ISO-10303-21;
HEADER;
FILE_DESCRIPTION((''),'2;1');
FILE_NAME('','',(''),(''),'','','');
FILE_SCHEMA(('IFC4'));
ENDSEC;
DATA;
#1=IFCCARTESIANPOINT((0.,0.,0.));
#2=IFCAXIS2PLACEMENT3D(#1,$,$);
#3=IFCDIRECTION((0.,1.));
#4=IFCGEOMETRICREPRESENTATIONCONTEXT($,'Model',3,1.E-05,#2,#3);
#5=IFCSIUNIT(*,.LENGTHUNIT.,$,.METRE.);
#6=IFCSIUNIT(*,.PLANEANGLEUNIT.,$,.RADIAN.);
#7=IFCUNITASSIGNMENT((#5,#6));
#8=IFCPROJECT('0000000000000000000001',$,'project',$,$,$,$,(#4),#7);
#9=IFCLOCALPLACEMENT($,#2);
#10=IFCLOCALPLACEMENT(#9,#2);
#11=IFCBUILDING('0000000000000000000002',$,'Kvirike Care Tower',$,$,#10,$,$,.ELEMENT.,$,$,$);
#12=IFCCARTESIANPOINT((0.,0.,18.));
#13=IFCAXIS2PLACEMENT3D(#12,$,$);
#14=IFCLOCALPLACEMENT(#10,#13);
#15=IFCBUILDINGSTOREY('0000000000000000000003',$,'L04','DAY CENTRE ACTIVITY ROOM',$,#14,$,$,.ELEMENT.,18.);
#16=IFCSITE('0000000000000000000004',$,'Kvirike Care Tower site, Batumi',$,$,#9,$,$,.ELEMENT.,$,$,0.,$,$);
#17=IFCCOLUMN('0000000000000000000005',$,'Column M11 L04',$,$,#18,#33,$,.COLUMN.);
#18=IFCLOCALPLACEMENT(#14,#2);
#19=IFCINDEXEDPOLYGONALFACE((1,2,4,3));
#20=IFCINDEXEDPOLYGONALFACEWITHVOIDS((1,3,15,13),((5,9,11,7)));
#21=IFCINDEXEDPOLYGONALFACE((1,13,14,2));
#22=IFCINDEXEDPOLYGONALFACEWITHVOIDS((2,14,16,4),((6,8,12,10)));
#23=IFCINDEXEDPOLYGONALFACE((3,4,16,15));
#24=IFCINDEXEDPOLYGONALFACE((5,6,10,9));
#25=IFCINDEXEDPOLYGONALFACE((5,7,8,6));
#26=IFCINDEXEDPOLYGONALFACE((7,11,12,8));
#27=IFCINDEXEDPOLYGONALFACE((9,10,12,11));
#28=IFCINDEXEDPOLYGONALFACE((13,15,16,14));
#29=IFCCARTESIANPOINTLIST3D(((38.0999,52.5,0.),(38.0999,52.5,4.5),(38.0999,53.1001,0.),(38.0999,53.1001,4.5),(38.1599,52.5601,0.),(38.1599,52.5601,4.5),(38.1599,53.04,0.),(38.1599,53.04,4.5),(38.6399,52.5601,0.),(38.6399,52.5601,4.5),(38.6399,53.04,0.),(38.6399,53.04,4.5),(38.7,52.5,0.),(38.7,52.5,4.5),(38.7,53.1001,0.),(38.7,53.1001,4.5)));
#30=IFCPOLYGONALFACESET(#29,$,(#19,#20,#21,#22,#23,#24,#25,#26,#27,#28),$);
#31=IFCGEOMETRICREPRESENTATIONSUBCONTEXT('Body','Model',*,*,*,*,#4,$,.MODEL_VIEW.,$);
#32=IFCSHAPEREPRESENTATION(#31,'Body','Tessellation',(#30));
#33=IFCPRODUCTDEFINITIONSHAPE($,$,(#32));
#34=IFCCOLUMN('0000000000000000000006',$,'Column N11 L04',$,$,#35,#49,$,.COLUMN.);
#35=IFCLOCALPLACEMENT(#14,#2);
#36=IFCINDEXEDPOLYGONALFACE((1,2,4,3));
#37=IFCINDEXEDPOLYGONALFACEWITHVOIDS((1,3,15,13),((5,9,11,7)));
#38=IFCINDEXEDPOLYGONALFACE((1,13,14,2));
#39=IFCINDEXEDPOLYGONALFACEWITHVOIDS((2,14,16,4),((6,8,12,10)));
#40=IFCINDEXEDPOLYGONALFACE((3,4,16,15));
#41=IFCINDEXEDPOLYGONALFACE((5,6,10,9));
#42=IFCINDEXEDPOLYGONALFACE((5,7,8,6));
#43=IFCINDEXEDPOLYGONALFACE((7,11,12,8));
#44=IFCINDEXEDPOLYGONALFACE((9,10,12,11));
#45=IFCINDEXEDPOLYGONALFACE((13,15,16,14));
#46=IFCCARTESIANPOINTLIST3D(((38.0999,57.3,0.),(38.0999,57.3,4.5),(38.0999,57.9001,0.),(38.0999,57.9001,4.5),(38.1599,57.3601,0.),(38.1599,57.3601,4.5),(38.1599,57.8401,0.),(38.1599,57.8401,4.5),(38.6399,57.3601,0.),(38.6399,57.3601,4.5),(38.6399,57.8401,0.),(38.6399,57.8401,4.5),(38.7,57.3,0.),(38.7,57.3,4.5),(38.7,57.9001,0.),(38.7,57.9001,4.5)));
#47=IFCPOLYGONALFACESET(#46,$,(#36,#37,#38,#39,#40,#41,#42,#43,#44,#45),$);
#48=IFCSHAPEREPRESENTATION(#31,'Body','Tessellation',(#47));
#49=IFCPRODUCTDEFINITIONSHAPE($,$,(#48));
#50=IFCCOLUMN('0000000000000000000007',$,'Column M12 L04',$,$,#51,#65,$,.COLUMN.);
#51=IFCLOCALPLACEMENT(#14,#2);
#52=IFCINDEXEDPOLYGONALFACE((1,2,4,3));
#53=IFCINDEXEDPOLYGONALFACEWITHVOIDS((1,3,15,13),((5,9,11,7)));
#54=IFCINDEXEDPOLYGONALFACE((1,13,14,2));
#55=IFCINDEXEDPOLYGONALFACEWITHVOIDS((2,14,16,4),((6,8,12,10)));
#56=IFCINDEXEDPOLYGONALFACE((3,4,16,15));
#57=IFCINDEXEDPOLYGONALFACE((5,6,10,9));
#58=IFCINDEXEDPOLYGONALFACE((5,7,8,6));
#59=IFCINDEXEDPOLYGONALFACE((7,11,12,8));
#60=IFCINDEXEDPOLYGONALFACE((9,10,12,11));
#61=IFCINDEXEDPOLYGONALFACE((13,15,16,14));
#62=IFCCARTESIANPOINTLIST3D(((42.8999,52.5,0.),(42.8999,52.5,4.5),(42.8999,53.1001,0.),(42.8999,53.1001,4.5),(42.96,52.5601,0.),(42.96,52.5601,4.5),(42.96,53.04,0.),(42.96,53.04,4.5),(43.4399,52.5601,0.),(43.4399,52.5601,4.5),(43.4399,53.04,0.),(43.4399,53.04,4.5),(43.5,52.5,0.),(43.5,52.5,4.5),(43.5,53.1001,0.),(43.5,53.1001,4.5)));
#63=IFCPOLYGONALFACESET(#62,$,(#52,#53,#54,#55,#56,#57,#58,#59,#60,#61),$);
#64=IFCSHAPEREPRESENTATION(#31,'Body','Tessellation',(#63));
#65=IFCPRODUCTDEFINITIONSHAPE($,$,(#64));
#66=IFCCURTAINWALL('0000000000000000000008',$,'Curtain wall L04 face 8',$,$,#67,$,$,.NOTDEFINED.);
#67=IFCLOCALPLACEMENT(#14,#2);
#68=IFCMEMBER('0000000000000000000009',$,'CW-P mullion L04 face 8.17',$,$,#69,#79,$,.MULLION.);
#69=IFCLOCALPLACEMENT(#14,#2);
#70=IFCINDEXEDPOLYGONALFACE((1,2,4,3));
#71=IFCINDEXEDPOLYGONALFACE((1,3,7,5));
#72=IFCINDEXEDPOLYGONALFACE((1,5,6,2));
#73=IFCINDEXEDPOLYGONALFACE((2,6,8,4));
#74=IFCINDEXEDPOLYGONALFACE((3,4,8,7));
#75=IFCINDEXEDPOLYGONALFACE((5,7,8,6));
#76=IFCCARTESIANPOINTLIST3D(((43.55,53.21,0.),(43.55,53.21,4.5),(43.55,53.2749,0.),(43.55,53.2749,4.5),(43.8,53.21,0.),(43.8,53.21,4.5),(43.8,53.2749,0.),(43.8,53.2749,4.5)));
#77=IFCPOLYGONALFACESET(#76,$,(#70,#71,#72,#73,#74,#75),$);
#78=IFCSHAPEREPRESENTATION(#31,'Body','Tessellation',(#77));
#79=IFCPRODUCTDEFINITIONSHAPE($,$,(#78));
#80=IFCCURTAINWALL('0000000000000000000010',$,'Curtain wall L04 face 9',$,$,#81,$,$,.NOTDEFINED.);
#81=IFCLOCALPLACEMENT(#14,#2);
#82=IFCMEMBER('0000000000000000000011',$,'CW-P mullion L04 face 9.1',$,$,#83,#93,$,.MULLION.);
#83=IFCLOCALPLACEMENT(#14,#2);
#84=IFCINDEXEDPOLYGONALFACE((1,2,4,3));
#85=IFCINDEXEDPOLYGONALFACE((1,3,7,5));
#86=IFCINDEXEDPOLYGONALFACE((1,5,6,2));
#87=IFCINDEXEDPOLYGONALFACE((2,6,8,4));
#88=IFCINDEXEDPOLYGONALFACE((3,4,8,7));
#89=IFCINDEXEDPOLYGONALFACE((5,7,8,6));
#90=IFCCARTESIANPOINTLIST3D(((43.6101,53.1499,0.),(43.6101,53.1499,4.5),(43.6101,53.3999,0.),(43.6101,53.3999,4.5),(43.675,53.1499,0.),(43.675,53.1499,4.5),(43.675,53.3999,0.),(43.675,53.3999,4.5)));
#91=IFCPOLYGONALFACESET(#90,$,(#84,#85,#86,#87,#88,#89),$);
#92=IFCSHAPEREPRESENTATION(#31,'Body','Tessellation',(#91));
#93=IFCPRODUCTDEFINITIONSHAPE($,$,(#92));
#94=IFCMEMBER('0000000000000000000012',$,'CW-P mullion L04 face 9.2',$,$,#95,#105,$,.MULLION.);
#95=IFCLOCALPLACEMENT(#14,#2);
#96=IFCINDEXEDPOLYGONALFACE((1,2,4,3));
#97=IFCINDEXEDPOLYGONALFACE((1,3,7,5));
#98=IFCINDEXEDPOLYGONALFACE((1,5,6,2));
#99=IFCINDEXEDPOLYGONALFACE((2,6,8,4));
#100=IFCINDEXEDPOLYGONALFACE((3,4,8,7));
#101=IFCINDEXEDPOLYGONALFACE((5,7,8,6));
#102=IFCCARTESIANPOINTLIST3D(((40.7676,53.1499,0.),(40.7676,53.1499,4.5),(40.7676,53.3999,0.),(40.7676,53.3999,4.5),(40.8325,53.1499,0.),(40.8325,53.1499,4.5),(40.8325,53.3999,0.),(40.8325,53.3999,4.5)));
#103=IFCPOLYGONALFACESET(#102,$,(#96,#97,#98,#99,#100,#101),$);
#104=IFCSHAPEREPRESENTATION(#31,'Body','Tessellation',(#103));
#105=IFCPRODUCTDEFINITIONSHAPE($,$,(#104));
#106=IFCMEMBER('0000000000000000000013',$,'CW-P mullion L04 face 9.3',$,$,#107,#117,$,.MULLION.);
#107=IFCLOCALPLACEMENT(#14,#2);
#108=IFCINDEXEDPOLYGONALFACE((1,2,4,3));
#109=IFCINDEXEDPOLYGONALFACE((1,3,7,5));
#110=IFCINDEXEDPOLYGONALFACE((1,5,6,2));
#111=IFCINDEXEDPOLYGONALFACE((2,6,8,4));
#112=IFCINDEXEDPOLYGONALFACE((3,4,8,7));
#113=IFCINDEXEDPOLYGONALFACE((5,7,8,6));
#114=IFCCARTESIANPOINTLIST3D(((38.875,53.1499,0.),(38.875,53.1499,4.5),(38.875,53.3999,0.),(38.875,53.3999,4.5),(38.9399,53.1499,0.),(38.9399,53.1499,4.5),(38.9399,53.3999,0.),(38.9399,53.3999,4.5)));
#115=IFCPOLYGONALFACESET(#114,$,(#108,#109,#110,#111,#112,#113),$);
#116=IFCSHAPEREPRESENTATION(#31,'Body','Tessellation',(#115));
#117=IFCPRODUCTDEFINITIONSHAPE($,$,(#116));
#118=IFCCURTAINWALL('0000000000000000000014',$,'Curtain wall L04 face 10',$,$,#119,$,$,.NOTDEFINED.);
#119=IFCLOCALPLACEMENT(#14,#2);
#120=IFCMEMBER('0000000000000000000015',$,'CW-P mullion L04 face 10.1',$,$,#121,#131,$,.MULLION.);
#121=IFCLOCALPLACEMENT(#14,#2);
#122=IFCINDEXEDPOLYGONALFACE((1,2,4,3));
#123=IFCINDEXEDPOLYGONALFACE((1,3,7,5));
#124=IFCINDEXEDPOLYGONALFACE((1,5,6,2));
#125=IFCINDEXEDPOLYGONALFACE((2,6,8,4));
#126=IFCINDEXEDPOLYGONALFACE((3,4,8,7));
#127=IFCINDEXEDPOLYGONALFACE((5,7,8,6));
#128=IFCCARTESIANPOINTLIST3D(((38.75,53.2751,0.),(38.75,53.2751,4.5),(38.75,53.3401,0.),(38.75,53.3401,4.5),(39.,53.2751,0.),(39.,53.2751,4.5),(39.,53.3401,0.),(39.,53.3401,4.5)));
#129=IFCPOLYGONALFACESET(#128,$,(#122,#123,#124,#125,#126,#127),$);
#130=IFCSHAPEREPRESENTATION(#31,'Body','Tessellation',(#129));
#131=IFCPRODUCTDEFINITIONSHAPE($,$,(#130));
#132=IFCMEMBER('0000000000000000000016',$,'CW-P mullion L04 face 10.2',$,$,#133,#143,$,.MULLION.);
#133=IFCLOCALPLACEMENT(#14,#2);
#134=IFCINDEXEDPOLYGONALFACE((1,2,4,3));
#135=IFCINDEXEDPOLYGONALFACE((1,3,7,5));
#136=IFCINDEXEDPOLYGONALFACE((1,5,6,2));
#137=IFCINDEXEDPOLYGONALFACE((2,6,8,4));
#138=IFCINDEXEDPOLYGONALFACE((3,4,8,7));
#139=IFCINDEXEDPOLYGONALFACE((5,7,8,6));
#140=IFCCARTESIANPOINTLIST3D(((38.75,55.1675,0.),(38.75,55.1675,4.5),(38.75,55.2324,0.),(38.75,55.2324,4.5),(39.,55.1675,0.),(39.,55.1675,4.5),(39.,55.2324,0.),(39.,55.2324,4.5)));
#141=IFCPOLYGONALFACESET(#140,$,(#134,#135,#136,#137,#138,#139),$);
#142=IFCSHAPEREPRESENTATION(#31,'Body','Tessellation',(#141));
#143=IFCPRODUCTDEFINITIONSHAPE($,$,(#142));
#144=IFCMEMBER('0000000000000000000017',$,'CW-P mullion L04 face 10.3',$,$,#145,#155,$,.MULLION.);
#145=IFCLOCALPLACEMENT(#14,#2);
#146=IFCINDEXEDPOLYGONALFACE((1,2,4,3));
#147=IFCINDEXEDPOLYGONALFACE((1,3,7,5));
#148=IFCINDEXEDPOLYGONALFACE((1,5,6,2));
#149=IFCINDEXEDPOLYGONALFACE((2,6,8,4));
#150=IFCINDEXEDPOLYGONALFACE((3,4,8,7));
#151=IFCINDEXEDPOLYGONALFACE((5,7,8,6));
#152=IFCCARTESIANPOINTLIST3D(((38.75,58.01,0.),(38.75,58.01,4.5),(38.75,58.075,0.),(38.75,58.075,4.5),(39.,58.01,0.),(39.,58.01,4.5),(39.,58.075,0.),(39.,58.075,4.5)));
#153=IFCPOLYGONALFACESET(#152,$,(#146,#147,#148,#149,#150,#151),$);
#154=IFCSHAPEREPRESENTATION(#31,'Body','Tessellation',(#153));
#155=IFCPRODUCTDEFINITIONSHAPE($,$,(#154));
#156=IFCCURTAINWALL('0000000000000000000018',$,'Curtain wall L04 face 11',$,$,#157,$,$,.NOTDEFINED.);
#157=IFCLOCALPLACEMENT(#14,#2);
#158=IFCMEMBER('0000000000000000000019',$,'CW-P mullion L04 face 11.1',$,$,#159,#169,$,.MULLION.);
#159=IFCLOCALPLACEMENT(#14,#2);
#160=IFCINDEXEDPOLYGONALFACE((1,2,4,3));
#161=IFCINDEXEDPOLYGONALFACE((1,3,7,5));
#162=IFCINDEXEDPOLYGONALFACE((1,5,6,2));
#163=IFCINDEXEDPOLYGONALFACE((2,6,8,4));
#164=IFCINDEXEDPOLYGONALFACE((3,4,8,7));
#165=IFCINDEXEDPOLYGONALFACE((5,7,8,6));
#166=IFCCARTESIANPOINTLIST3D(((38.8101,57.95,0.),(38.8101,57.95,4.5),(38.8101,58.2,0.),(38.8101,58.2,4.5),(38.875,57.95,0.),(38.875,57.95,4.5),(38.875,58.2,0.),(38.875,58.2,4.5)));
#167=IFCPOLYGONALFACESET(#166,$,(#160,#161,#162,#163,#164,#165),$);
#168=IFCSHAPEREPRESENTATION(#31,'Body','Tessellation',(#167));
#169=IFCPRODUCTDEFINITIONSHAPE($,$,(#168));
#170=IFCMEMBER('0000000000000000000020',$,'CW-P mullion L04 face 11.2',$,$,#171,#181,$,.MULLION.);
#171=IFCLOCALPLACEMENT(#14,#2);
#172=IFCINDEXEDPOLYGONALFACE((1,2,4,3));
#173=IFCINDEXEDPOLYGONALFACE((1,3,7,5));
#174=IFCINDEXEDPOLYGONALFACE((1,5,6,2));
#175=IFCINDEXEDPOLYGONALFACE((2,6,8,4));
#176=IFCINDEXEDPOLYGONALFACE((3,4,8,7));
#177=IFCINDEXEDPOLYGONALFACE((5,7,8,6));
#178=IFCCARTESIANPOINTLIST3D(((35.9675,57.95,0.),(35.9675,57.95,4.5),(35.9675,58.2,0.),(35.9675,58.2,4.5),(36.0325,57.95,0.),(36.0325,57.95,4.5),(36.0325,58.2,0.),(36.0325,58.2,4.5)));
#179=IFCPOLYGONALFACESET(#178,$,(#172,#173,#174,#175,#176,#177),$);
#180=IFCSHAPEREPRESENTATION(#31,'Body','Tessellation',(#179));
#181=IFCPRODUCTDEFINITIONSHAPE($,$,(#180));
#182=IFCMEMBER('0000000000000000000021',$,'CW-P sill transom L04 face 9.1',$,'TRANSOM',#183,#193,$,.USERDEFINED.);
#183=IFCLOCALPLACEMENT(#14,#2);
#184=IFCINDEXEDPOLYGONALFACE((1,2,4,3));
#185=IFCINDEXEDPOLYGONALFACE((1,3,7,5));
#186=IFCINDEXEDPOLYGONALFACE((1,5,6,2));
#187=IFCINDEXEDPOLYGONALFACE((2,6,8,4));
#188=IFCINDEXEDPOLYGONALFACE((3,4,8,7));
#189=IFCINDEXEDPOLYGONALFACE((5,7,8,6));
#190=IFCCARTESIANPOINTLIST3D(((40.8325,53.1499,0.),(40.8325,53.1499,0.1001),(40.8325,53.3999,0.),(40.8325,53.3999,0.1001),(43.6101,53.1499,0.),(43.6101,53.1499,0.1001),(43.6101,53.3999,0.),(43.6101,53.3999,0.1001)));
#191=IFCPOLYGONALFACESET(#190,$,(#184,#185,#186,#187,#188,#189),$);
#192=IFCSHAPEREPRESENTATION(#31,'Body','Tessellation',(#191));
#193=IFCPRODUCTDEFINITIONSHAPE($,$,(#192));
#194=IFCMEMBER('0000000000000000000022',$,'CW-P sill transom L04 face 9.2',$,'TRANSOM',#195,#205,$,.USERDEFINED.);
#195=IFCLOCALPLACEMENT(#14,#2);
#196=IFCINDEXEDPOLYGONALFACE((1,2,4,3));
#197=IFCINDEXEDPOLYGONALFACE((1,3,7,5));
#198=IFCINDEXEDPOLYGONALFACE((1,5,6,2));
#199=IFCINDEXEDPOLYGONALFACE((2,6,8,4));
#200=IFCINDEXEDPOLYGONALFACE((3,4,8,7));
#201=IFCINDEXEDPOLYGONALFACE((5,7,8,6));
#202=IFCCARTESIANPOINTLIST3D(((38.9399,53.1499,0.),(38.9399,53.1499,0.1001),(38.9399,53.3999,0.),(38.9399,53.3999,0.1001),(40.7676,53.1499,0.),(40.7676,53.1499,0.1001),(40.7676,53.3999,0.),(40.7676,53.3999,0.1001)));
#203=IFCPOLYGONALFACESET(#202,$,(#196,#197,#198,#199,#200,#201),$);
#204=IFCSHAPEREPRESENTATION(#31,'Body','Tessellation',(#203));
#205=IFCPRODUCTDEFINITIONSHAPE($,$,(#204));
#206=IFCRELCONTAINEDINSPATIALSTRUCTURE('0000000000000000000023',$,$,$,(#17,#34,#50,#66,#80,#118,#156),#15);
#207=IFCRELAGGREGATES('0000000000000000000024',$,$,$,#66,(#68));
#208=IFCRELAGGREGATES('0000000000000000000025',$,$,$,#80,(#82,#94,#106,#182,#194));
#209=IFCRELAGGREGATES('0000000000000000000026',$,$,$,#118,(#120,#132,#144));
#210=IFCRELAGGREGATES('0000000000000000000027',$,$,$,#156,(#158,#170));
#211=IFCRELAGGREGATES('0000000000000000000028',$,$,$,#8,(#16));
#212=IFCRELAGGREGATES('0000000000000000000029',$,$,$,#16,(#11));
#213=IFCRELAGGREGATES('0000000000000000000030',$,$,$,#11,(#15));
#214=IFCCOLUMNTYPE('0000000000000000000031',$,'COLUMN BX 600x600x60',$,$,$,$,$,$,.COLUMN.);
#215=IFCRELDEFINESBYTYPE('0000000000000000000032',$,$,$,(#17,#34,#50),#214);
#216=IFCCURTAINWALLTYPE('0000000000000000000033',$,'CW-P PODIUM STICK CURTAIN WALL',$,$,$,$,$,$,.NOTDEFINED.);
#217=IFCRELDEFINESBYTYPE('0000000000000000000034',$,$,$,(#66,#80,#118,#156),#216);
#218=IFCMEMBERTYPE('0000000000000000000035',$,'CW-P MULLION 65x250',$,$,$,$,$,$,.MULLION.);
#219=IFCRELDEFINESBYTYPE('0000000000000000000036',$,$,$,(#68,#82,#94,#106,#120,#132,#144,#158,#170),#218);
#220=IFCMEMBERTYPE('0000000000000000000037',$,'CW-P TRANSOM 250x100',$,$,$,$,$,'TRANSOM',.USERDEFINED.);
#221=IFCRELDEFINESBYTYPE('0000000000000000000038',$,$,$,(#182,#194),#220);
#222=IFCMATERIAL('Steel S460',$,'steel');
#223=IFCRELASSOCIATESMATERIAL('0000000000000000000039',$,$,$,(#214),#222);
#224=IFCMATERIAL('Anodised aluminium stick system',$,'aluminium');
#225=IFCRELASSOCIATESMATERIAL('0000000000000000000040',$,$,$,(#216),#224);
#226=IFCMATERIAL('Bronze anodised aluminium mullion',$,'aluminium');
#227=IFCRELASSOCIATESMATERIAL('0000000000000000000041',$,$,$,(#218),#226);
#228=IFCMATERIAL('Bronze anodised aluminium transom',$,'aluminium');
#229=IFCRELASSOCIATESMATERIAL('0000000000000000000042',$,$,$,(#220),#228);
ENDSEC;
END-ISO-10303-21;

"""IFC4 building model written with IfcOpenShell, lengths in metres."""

from ifc_helpers import new_model, si_unit, direction, frame, origin, origin_2d, place, context, subcontext, project, spatial, rectangle, hollow_rectangle, extrude, material, material_profile, profile_set, type_object, element, aggregate, save


model = new_model("IFC4")

# Units and contexts
model_context = context("Model", 3, precision=1e-05, world=origin(), true_north=direction((0.0, 1.0)))
body_context = subcontext(model_context, "Body", "Model", "MODEL_VIEW")
ifc_project = project(units=[si_unit("LENGTHUNIT", "METRE"), si_unit("PLANEANGLEUNIT", "RADIAN")], contexts=[model_context])

# Site, building, storey
site_placement = place(None, origin())
site = spatial("IfcSite", under=ifc_project, at=site_placement, Name="Kvirike Care Tower site, Batumi", CompositionType="ELEMENT", RefElevation=0.0)
building_placement = place(site_placement, origin())
building = spatial("IfcBuilding", under=site, at=building_placement, Name="Kvirike Care Tower", CompositionType="ELEMENT")
storey_placement = place(building_placement, frame((0.0, 0.0, 18.0)))
storey = spatial("IfcBuildingStorey", under=building, at=storey_placement, Name="L04", Description="DAY CENTRE ACTIVITY ROOM", CompositionType="ELEMENT", Elevation=18.0)

# Columns
ifc_material_1 = material(Name="Steel S460", Category="steel")
ifc_material_profile_1 = material_profile(ifc_material_1, hollow_rectangle(XDim=0.6001, YDim=0.6001, WallThickness=0.0601, at=origin_2d()), Name="BX 600x600x60")
ifc_profile_set_1 = profile_set([ifc_material_profile_1], Name="Steel S460")
column_type = type_object("IfcColumnType", Name="COLUMN BX 600x600x60", PredefinedType="COLUMN", material=ifc_profile_set_1)
for number, where, z_axis, x_axis, name in (
    (1, (38.3999, 52.8, 0.0), (0.0, 0.0, 1.0), (0.0, 1.0, 0.0), "Column M11 L04"),
    (2, (38.3999, 57.6001, 0.0), (0.0, 0.0, 1.0), (0.0, 1.0, 0.0), "Column N11 L04"),
    (3, (43.2, 52.8, 0.0), (0.0, 0.0, 1.0), (0.0, 1.0, 0.0), "Column M12 L04"),
):
    element("IfcColumn", number, at=place(storey_placement, frame(where, z_axis=z_axis, x_axis=x_axis)), inside=storey, type_object=column_type, Name=name, PredefinedType="COLUMN", context=body_context, shape_type="SweptSolid", body=[
        extrude(hollow_rectangle(XDim=0.6001, YDim=0.6001, WallThickness=0.0601, at=origin_2d()), origin(), (0.0, 0.0, 1.0), 4.5),
    ])

# Curtain wall, member
ifc_material_2 = material(Name="Anodised aluminium stick system", Category="aluminium")
curtain_wall_type = type_object("IfcCurtainWallType", Name="CW-P PODIUM STICK CURTAIN WALL", PredefinedType="NOTDEFINED", material=ifc_material_2)
curtain_wall_1_placement = place(storey_placement, origin())
curtain_wall_1 = element("IfcCurtainWall", 4, at=curtain_wall_1_placement, inside=storey, type_object=curtain_wall_type, Name="Curtain wall L04 face 8", PredefinedType="NOTDEFINED")
ifc_material_3 = material(Name="Bronze anodised aluminium mullion", Category="aluminium")
ifc_material_profile_2 = material_profile(ifc_material_3, rectangle(XDim=0.0649, YDim=0.25, at=origin_2d()), Name="CW-P MULLION 65x250")
ifc_profile_set_2 = profile_set([ifc_material_profile_2], Name="Bronze anodised aluminium mullion")
member_type_1 = type_object("IfcMemberType", Name="CW-P MULLION 65x250", PredefinedType="MULLION", material=ifc_profile_set_2)
member_1_placement = place(storey_placement, frame((43.675, 53.2424, 0.0), z_axis=(0.0, 0.0, 1.0), x_axis=(0.0, 1.0, 0.0)))
member_1 = element("IfcMember", 5, at=member_1_placement, type_object=member_type_1, Name="CW-P mullion L04 face 8.17", PredefinedType="MULLION", context=body_context, shape_type="SweptSolid", body=[
    extrude(rectangle(XDim=0.0649, YDim=0.25, at=origin_2d()), origin(), (0.0, 0.0, 1.0), 4.5),
])
aggregate(curtain_wall_1, [member_1])

# Curtain walls, members
curtain_wall_2_placement = place(storey_placement, origin())
curtain_wall_2 = element("IfcCurtainWall", 6, at=curtain_wall_2_placement, inside=storey, type_object=curtain_wall_type, Name="Curtain wall L04 face 9", PredefinedType="NOTDEFINED")
member_2_placement = place(storey_placement, frame((43.6426, 53.2749, 0.0), z_axis=(0.0, 0.0, 1.0), x_axis=(-1.0, 0.0, 0.0)))
member_2 = element("IfcMember", 7, at=member_2_placement, type_object=member_type_1, Name="CW-P mullion L04 face 9.1", PredefinedType="MULLION", context=body_context, shape_type="SweptSolid", body=[
    extrude(rectangle(XDim=0.0649, YDim=0.25, at=origin_2d()), origin(), (0.0, 0.0, 1.0), 4.5),
])
member_3_placement = place(storey_placement, frame((40.8, 53.2749, 0.0), z_axis=(0.0, 0.0, 1.0), x_axis=(-1.0, 0.0, 0.0)))
member_3 = element("IfcMember", 8, at=member_3_placement, type_object=member_type_1, Name="CW-P mullion L04 face 9.2", PredefinedType="MULLION", context=body_context, shape_type="SweptSolid", body=[
    extrude(rectangle(XDim=0.0649, YDim=0.25, at=origin_2d()), origin(), (0.0, 0.0, 1.0), 4.5),
])
member_4_placement = place(storey_placement, frame((38.9075, 53.2749, 0.0), z_axis=(0.0, 0.0, 1.0), x_axis=(-1.0, 0.0, 0.0)))
member_4 = element("IfcMember", 9, at=member_4_placement, type_object=member_type_1, Name="CW-P mullion L04 face 9.3", PredefinedType="MULLION", context=body_context, shape_type="SweptSolid", body=[
    extrude(rectangle(XDim=0.0649, YDim=0.25, at=origin_2d()), origin(), (0.0, 0.0, 1.0), 4.5),
])
curtain_wall_3_placement = place(storey_placement, origin())
curtain_wall_3 = element("IfcCurtainWall", 10, at=curtain_wall_3_placement, inside=storey, type_object=curtain_wall_type, Name="Curtain wall L04 face 10", PredefinedType="NOTDEFINED")
member_5_placement = place(storey_placement, frame((38.875, 53.3076, 0.0), z_axis=(0.0, 0.0, 1.0), x_axis=(0.0, 1.0, 0.0)))
member_5 = element("IfcMember", 11, at=member_5_placement, type_object=member_type_1, Name="CW-P mullion L04 face 10.1", PredefinedType="MULLION", context=body_context, shape_type="SweptSolid", body=[
    extrude(rectangle(XDim=0.0649, YDim=0.25, at=origin_2d()), origin(), (0.0, 0.0, 1.0), 4.5),
])
member_6_placement = place(storey_placement, frame((38.875, 55.2, 0.0), z_axis=(0.0, 0.0, 1.0), x_axis=(0.0, 1.0, 0.0)))
member_6 = element("IfcMember", 12, at=member_6_placement, type_object=member_type_1, Name="CW-P mullion L04 face 10.2", PredefinedType="MULLION", context=body_context, shape_type="SweptSolid", body=[
    extrude(rectangle(XDim=0.0649, YDim=0.25, at=origin_2d()), origin(), (0.0, 0.0, 1.0), 4.5),
])
member_7_placement = place(storey_placement, frame((38.875, 58.0425, 0.0), z_axis=(0.0, 0.0, 1.0), x_axis=(0.0, 1.0, 0.0)))
member_7 = element("IfcMember", 13, at=member_7_placement, type_object=member_type_1, Name="CW-P mullion L04 face 10.3", PredefinedType="MULLION", context=body_context, shape_type="SweptSolid", body=[
    extrude(rectangle(XDim=0.0649, YDim=0.25, at=origin_2d()), origin(), (0.0, 0.0, 1.0), 4.5),
])
curtain_wall_4_placement = place(storey_placement, origin())
curtain_wall_4 = element("IfcCurtainWall", 14, at=curtain_wall_4_placement, inside=storey, type_object=curtain_wall_type, Name="Curtain wall L04 face 11", PredefinedType="NOTDEFINED")
member_8_placement = place(storey_placement, frame((38.8425, 58.075, 0.0), z_axis=(0.0, 0.0, 1.0), x_axis=(-1.0, 0.0, 0.0)))
member_8 = element("IfcMember", 15, at=member_8_placement, type_object=member_type_1, Name="CW-P mullion L04 face 11.1", PredefinedType="MULLION", context=body_context, shape_type="SweptSolid", body=[
    extrude(rectangle(XDim=0.0649, YDim=0.25, at=origin_2d()), origin(), (0.0, 0.0, 1.0), 4.5),
])
member_9_placement = place(storey_placement, frame((36.0, 58.075, 0.0), z_axis=(0.0, 0.0, 1.0), x_axis=(-1.0, 0.0, 0.0)))
member_9 = element("IfcMember", 16, at=member_9_placement, type_object=member_type_1, Name="CW-P mullion L04 face 11.2", PredefinedType="MULLION", context=body_context, shape_type="SweptSolid", body=[
    extrude(rectangle(XDim=0.0649, YDim=0.25, at=origin_2d()), origin(), (0.0, 0.0, 1.0), 4.5),
])

# Members
ifc_material_4 = material(Name="Bronze anodised aluminium transom", Category="aluminium")
ifc_material_profile_3 = material_profile(ifc_material_4, rectangle(XDim=0.25, YDim=0.1001, at=origin_2d()), Name="CW-P TRANSOM 250x100")
ifc_profile_set_3 = profile_set([ifc_material_profile_3], Name="Bronze anodised aluminium transom")
member_type_2 = type_object("IfcMemberType", Name="CW-P TRANSOM 250x100", ElementType="TRANSOM", PredefinedType="USERDEFINED", material=ifc_profile_set_3)
member_10_placement = place(storey_placement, frame((43.6101, 53.2749, 0.05), z_axis=(-1.0, 0.0, 0.0), x_axis=(0.0, -1.0, 0.0)))
member_10 = element("IfcMember", 17, at=member_10_placement, type_object=member_type_2, Name="CW-P sill transom L04 face 9.1", ObjectType="TRANSOM", PredefinedType="USERDEFINED", context=body_context, shape_type="SweptSolid", body=[
    extrude(rectangle(XDim=0.25, YDim=0.1001, at=origin_2d()), origin(), (0.0, 0.0, 1.0), 2.7776),
])
member_11_placement = place(storey_placement, frame((40.7676, 53.2749, 0.05), z_axis=(-1.0, 0.0, 0.0), x_axis=(0.0, -1.0, 0.0)))
member_11 = element("IfcMember", 18, at=member_11_placement, type_object=member_type_2, Name="CW-P sill transom L04 face 9.2", ObjectType="TRANSOM", PredefinedType="USERDEFINED", context=body_context, shape_type="SweptSolid", body=[
    extrude(rectangle(XDim=0.25, YDim=0.1001, at=origin_2d()), origin(), (0.0, 0.0, 1.0), 1.8276),
])

aggregate(curtain_wall_2, [member_2, member_3, member_4, member_10, member_11])
aggregate(curtain_wall_3, [member_5, member_6, member_7])
aggregate(curtain_wall_4, [member_8, member_9])

save(model, "model.ifc")
